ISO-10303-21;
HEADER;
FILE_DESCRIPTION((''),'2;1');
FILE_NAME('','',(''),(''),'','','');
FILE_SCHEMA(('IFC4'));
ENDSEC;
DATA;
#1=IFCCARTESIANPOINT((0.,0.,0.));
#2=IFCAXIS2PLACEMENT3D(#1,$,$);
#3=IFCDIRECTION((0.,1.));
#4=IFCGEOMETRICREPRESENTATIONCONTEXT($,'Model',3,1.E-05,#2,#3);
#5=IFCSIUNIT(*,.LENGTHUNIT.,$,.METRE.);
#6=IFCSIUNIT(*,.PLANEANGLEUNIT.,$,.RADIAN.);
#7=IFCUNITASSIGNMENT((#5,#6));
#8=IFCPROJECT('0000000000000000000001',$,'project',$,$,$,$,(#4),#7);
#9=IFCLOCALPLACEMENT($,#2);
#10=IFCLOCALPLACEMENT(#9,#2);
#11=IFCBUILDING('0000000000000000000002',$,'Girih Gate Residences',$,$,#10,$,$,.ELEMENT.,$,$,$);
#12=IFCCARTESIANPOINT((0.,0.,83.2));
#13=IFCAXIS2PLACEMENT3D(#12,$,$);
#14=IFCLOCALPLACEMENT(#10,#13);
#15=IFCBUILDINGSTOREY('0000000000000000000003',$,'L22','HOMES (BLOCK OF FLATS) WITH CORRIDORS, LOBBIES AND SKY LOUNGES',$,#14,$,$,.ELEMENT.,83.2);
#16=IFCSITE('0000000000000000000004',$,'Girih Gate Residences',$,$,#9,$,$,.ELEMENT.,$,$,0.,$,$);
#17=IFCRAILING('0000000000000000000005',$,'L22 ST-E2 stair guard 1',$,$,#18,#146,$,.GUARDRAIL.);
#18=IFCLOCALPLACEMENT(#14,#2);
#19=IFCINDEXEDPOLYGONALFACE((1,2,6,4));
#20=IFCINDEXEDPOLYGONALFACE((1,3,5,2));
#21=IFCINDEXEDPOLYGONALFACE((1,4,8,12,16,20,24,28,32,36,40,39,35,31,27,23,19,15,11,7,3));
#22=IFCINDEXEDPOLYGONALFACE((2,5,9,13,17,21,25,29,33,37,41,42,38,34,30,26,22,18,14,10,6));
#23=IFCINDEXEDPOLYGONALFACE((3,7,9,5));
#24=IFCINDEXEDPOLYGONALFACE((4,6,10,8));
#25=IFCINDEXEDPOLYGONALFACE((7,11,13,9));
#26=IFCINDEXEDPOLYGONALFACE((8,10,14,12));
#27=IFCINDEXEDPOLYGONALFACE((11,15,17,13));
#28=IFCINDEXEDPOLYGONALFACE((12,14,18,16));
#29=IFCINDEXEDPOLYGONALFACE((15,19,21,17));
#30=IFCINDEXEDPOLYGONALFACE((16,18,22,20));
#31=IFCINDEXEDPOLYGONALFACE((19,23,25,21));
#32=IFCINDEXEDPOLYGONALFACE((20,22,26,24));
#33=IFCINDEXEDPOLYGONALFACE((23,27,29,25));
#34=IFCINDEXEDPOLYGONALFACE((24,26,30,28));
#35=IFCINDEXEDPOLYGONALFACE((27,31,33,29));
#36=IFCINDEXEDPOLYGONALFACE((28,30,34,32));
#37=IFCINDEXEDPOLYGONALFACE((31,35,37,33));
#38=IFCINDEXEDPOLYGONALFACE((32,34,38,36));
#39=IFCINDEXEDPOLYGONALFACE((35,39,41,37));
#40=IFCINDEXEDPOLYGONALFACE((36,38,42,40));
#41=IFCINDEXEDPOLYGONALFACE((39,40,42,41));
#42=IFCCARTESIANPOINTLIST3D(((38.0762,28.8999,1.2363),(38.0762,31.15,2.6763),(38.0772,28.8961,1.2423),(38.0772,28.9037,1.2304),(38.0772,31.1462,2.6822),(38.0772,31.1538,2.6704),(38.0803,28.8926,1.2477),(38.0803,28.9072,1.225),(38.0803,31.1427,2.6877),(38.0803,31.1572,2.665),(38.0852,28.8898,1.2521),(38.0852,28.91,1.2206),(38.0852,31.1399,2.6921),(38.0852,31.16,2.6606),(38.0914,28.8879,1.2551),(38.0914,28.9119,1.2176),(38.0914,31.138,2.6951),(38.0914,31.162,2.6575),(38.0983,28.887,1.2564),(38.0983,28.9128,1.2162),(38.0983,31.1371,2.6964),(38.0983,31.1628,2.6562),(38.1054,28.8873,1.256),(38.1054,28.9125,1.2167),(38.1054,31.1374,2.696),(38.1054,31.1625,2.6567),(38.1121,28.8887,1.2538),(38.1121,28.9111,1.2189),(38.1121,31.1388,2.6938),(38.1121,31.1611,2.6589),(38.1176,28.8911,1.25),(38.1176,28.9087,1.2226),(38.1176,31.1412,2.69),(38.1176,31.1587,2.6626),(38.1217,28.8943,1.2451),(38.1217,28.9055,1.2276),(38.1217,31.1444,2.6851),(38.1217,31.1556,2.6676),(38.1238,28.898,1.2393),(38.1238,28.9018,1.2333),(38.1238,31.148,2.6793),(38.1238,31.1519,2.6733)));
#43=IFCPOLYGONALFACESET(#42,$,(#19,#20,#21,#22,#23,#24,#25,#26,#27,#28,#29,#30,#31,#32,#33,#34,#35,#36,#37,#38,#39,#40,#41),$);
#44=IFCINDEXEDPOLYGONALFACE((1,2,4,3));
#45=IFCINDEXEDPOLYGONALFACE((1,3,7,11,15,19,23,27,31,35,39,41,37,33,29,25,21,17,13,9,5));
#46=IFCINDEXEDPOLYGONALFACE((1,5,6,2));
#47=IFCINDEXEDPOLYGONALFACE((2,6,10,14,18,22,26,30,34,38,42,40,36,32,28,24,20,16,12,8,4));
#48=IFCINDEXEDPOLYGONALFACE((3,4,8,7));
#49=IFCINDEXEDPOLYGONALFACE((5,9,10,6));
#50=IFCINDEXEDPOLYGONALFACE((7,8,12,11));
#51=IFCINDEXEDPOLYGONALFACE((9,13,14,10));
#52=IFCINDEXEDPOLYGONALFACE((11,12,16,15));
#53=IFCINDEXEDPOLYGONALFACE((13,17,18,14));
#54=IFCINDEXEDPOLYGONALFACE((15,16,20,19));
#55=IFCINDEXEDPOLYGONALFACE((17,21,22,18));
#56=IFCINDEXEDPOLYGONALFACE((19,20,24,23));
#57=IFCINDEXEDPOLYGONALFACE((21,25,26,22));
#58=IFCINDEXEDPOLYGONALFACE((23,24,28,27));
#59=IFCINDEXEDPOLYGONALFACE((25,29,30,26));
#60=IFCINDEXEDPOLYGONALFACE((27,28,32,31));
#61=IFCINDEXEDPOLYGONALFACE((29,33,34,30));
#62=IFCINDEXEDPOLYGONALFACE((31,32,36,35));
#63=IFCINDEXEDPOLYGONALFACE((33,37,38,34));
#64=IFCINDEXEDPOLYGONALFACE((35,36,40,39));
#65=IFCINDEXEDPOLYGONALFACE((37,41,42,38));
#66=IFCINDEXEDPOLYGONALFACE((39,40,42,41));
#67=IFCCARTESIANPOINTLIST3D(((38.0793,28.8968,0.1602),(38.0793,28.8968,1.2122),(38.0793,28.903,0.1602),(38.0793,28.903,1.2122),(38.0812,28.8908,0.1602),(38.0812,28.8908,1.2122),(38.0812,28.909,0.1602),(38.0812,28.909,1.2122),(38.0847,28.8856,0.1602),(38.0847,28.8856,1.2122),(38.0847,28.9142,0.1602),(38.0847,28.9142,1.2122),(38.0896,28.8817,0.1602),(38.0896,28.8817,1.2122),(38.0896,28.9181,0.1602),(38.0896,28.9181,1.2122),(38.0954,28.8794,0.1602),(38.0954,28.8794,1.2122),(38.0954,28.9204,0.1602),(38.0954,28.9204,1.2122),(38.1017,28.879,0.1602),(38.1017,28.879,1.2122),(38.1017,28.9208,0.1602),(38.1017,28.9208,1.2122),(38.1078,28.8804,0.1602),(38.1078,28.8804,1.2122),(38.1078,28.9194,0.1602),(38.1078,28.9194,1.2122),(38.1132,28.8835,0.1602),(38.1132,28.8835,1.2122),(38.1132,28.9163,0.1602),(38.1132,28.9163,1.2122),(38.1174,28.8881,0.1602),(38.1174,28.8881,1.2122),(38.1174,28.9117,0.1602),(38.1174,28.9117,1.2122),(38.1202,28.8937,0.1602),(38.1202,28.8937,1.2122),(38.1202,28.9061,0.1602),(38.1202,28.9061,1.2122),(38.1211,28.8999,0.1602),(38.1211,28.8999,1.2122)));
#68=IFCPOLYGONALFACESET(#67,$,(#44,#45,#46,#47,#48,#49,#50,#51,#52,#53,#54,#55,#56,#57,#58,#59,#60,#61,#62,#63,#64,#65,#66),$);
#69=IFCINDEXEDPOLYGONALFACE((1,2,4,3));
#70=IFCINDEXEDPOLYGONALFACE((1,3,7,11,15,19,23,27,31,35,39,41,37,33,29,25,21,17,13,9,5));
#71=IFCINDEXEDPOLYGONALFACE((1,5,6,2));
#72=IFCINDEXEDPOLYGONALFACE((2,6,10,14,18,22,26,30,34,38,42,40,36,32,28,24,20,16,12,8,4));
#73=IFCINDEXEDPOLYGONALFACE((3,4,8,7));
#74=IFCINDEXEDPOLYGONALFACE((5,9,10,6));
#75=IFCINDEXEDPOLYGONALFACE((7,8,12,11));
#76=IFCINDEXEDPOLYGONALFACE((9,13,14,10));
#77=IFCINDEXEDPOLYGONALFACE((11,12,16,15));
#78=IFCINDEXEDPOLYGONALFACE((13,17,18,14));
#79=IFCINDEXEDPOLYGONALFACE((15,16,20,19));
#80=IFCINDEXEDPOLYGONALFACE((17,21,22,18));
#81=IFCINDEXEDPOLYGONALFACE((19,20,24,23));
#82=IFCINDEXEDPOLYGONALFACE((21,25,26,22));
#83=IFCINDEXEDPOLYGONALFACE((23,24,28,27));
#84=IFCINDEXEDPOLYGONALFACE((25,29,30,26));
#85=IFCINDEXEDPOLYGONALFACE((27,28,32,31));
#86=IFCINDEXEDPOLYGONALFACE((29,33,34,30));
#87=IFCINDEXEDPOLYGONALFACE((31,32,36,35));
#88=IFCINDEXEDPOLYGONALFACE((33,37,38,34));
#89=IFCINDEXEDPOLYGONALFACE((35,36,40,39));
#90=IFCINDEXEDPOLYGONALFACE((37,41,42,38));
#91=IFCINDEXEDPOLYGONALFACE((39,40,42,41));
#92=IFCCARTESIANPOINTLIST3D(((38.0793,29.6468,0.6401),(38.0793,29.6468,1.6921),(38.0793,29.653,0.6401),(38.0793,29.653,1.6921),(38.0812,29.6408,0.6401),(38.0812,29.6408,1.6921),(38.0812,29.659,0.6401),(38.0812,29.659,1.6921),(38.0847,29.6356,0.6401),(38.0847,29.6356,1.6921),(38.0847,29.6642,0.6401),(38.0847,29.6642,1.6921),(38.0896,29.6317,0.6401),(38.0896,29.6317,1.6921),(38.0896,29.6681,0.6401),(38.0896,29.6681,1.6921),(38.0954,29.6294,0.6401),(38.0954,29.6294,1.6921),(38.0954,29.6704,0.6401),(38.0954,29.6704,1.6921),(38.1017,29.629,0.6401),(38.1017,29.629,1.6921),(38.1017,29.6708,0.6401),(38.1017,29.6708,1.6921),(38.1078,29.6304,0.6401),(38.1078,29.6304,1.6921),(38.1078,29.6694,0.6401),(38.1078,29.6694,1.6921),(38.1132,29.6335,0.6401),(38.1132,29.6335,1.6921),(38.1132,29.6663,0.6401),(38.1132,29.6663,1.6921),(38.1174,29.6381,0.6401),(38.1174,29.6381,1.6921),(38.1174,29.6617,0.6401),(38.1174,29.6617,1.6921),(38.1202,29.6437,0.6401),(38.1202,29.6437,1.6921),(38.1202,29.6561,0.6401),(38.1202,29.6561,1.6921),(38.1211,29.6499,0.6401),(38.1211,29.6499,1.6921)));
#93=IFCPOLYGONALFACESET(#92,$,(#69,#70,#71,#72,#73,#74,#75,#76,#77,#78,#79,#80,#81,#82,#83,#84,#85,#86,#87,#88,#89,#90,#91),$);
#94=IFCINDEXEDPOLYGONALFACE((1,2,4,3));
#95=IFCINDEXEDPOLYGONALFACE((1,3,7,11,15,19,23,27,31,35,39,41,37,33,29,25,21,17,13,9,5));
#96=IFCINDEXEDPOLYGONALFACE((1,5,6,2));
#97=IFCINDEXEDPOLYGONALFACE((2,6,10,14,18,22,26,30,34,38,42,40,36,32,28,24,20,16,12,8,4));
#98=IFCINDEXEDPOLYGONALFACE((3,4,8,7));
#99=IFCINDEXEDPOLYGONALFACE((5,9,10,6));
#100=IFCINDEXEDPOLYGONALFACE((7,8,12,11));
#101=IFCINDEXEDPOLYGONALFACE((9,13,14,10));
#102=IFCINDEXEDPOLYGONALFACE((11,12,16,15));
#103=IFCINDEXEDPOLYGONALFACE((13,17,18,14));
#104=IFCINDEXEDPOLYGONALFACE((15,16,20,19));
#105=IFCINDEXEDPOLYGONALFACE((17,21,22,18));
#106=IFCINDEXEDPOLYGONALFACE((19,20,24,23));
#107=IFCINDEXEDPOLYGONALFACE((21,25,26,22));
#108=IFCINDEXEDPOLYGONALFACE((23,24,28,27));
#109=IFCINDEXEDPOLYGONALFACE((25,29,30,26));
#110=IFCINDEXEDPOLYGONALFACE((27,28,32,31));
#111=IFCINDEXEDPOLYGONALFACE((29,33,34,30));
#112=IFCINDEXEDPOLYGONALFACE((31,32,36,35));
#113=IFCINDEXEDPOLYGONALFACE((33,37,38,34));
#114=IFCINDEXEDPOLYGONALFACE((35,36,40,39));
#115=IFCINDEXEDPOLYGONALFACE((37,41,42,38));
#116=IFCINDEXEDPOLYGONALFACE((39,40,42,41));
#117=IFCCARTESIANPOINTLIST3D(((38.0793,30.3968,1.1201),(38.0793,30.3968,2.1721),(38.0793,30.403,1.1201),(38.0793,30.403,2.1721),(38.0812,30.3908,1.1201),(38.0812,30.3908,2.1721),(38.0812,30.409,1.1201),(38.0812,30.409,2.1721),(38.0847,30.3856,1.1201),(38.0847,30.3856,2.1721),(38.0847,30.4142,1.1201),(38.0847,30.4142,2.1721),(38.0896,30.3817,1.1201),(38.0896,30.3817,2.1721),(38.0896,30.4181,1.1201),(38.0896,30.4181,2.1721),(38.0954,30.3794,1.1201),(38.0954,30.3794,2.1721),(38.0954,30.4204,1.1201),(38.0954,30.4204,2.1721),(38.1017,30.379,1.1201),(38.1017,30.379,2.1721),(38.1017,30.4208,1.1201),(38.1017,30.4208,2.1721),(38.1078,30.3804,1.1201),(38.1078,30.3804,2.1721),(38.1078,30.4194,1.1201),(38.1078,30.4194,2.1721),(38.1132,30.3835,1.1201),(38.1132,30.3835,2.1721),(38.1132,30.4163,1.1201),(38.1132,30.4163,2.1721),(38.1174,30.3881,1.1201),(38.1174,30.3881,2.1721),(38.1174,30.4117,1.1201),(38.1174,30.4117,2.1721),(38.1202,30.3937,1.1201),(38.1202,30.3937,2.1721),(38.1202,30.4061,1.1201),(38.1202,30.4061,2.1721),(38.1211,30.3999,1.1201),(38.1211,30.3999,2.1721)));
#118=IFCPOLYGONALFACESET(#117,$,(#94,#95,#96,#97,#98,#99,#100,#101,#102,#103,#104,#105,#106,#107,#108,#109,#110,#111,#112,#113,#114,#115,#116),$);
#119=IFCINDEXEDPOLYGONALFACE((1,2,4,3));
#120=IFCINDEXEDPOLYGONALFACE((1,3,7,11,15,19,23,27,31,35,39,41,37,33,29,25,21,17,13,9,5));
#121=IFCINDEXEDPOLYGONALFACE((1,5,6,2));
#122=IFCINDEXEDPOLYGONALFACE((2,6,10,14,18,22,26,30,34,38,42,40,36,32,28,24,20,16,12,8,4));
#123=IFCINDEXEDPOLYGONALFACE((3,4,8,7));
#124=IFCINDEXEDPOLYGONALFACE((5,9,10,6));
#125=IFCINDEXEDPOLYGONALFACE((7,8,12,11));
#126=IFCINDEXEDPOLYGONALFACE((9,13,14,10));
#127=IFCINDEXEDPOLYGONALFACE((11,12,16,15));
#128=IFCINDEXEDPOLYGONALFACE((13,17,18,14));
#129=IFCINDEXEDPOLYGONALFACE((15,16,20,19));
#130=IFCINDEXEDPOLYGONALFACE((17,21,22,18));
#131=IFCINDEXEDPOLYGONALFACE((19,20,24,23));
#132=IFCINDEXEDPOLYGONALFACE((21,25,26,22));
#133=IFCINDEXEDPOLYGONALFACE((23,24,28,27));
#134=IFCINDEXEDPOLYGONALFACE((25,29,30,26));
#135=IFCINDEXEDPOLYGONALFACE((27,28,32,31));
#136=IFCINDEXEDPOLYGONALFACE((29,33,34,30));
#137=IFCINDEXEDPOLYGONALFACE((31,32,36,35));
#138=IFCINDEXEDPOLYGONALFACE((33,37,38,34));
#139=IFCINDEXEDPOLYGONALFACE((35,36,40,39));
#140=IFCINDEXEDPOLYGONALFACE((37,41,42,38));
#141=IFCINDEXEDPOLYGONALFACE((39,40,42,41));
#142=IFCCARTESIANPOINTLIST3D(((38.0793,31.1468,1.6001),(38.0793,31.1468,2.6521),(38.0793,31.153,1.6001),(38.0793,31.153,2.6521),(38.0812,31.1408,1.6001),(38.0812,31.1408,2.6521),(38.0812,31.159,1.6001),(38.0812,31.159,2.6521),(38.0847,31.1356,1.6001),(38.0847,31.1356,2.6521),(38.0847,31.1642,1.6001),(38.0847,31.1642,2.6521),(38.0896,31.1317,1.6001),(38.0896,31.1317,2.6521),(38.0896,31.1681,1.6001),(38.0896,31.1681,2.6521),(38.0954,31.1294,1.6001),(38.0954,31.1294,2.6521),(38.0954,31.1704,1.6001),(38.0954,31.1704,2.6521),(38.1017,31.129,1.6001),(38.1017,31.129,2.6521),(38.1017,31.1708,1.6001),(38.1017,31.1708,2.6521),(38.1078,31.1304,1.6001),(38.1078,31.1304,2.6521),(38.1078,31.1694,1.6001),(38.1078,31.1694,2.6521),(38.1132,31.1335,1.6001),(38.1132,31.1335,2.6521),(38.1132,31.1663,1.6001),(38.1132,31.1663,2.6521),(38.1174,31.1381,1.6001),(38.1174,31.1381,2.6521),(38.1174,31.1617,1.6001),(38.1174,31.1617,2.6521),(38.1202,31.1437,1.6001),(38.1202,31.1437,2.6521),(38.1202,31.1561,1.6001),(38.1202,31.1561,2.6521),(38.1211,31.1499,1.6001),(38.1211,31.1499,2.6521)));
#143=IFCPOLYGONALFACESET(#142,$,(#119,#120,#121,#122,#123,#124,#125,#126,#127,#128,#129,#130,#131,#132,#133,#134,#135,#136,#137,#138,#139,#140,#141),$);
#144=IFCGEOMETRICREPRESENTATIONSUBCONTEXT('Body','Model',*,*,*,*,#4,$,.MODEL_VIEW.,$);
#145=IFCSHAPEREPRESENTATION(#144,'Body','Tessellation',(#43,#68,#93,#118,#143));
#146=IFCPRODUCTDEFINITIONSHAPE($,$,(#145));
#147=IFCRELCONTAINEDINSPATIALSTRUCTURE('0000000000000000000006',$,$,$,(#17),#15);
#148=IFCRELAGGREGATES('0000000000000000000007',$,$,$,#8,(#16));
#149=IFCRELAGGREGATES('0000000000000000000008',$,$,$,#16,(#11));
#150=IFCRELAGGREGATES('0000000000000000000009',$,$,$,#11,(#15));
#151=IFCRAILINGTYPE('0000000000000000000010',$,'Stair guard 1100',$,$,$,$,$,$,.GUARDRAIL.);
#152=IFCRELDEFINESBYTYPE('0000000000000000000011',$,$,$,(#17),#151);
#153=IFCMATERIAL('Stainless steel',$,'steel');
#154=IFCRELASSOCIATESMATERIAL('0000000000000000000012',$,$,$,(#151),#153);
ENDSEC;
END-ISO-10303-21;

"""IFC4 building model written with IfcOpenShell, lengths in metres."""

from ifc_helpers import new_model, si_unit, direction, frame, origin, origin_2d, place, context, subcontext, project, spatial, circle, extrude, material, type_object, element, save


model = new_model("IFC4")

# Units and contexts
model_context = context("Model", 3, precision=1e-05, world=origin(), true_north=direction((0.0, 1.0)))
body_context = subcontext(model_context, "Body", "Model", "MODEL_VIEW")
ifc_project = project(units=[si_unit("LENGTHUNIT", "METRE"), si_unit("PLANEANGLEUNIT", "RADIAN")], contexts=[model_context])

# Site, building, storey
site_placement = place(None, origin())
site = spatial("IfcSite", under=ifc_project, at=site_placement, Name="Girih Gate Residences", CompositionType="ELEMENT", RefElevation=0.0)
building_placement = place(site_placement, origin())
building = spatial("IfcBuilding", under=site, at=building_placement, Name="Girih Gate Residences", CompositionType="ELEMENT")
storey_placement = place(building_placement, frame((0.0, 0.0, 83.2)))
storey = spatial("IfcBuildingStorey", under=building, at=storey_placement, Name="L22", Description="HOMES (BLOCK OF FLATS) WITH CORRIDORS, LOBBIES AND SKY LOUNGES", CompositionType="ELEMENT", Elevation=83.2)

# Shared definitions
ifc_material_1 = material(Name="Stainless steel", Category="steel")

# Railing
railing_type_1 = type_object("IfcRailingType", Name="Stair guard 1100", PredefinedType="GUARDRAIL", material=ifc_material_1)
railing_1_placement = place(storey_placement, frame((38.1001, 28.8999, 0.1602)))
element("IfcRailing", 1, at=railing_1_placement, inside=storey, type_object=railing_type_1, Name="L22 ST-E2 stair guard 1", PredefinedType="GUARDRAIL", context=body_context, shape_type="SweptSolid", body=[
    extrude(circle(Radius=0.0239, at=origin_2d()), frame((0.0, 0.0, 1.0762), z_axis=(0.0, 0.842281, 0.539038), x_axis=(-1.0, 0.0, 0.0)), (0.0, 0.0, 1.0), 2.6714),
    extrude(circle(Radius=0.021, at=origin_2d()), origin(), (0.0, 0.0, 1.0), 1.052),
    extrude(circle(Radius=0.021, at=origin_2d()), frame((0.0, 0.75, 0.48)), (0.0, 0.0, 1.0), 1.052),
    extrude(circle(Radius=0.021, at=origin_2d()), frame((0.0, 1.5, 0.96)), (0.0, 0.0, 1.0), 1.052),
    extrude(circle(Radius=0.021, at=origin_2d()), frame((0.0, 2.25, 1.4399)), (0.0, 0.0, 1.0), 1.052),
])

save(model, "model.ifc")
